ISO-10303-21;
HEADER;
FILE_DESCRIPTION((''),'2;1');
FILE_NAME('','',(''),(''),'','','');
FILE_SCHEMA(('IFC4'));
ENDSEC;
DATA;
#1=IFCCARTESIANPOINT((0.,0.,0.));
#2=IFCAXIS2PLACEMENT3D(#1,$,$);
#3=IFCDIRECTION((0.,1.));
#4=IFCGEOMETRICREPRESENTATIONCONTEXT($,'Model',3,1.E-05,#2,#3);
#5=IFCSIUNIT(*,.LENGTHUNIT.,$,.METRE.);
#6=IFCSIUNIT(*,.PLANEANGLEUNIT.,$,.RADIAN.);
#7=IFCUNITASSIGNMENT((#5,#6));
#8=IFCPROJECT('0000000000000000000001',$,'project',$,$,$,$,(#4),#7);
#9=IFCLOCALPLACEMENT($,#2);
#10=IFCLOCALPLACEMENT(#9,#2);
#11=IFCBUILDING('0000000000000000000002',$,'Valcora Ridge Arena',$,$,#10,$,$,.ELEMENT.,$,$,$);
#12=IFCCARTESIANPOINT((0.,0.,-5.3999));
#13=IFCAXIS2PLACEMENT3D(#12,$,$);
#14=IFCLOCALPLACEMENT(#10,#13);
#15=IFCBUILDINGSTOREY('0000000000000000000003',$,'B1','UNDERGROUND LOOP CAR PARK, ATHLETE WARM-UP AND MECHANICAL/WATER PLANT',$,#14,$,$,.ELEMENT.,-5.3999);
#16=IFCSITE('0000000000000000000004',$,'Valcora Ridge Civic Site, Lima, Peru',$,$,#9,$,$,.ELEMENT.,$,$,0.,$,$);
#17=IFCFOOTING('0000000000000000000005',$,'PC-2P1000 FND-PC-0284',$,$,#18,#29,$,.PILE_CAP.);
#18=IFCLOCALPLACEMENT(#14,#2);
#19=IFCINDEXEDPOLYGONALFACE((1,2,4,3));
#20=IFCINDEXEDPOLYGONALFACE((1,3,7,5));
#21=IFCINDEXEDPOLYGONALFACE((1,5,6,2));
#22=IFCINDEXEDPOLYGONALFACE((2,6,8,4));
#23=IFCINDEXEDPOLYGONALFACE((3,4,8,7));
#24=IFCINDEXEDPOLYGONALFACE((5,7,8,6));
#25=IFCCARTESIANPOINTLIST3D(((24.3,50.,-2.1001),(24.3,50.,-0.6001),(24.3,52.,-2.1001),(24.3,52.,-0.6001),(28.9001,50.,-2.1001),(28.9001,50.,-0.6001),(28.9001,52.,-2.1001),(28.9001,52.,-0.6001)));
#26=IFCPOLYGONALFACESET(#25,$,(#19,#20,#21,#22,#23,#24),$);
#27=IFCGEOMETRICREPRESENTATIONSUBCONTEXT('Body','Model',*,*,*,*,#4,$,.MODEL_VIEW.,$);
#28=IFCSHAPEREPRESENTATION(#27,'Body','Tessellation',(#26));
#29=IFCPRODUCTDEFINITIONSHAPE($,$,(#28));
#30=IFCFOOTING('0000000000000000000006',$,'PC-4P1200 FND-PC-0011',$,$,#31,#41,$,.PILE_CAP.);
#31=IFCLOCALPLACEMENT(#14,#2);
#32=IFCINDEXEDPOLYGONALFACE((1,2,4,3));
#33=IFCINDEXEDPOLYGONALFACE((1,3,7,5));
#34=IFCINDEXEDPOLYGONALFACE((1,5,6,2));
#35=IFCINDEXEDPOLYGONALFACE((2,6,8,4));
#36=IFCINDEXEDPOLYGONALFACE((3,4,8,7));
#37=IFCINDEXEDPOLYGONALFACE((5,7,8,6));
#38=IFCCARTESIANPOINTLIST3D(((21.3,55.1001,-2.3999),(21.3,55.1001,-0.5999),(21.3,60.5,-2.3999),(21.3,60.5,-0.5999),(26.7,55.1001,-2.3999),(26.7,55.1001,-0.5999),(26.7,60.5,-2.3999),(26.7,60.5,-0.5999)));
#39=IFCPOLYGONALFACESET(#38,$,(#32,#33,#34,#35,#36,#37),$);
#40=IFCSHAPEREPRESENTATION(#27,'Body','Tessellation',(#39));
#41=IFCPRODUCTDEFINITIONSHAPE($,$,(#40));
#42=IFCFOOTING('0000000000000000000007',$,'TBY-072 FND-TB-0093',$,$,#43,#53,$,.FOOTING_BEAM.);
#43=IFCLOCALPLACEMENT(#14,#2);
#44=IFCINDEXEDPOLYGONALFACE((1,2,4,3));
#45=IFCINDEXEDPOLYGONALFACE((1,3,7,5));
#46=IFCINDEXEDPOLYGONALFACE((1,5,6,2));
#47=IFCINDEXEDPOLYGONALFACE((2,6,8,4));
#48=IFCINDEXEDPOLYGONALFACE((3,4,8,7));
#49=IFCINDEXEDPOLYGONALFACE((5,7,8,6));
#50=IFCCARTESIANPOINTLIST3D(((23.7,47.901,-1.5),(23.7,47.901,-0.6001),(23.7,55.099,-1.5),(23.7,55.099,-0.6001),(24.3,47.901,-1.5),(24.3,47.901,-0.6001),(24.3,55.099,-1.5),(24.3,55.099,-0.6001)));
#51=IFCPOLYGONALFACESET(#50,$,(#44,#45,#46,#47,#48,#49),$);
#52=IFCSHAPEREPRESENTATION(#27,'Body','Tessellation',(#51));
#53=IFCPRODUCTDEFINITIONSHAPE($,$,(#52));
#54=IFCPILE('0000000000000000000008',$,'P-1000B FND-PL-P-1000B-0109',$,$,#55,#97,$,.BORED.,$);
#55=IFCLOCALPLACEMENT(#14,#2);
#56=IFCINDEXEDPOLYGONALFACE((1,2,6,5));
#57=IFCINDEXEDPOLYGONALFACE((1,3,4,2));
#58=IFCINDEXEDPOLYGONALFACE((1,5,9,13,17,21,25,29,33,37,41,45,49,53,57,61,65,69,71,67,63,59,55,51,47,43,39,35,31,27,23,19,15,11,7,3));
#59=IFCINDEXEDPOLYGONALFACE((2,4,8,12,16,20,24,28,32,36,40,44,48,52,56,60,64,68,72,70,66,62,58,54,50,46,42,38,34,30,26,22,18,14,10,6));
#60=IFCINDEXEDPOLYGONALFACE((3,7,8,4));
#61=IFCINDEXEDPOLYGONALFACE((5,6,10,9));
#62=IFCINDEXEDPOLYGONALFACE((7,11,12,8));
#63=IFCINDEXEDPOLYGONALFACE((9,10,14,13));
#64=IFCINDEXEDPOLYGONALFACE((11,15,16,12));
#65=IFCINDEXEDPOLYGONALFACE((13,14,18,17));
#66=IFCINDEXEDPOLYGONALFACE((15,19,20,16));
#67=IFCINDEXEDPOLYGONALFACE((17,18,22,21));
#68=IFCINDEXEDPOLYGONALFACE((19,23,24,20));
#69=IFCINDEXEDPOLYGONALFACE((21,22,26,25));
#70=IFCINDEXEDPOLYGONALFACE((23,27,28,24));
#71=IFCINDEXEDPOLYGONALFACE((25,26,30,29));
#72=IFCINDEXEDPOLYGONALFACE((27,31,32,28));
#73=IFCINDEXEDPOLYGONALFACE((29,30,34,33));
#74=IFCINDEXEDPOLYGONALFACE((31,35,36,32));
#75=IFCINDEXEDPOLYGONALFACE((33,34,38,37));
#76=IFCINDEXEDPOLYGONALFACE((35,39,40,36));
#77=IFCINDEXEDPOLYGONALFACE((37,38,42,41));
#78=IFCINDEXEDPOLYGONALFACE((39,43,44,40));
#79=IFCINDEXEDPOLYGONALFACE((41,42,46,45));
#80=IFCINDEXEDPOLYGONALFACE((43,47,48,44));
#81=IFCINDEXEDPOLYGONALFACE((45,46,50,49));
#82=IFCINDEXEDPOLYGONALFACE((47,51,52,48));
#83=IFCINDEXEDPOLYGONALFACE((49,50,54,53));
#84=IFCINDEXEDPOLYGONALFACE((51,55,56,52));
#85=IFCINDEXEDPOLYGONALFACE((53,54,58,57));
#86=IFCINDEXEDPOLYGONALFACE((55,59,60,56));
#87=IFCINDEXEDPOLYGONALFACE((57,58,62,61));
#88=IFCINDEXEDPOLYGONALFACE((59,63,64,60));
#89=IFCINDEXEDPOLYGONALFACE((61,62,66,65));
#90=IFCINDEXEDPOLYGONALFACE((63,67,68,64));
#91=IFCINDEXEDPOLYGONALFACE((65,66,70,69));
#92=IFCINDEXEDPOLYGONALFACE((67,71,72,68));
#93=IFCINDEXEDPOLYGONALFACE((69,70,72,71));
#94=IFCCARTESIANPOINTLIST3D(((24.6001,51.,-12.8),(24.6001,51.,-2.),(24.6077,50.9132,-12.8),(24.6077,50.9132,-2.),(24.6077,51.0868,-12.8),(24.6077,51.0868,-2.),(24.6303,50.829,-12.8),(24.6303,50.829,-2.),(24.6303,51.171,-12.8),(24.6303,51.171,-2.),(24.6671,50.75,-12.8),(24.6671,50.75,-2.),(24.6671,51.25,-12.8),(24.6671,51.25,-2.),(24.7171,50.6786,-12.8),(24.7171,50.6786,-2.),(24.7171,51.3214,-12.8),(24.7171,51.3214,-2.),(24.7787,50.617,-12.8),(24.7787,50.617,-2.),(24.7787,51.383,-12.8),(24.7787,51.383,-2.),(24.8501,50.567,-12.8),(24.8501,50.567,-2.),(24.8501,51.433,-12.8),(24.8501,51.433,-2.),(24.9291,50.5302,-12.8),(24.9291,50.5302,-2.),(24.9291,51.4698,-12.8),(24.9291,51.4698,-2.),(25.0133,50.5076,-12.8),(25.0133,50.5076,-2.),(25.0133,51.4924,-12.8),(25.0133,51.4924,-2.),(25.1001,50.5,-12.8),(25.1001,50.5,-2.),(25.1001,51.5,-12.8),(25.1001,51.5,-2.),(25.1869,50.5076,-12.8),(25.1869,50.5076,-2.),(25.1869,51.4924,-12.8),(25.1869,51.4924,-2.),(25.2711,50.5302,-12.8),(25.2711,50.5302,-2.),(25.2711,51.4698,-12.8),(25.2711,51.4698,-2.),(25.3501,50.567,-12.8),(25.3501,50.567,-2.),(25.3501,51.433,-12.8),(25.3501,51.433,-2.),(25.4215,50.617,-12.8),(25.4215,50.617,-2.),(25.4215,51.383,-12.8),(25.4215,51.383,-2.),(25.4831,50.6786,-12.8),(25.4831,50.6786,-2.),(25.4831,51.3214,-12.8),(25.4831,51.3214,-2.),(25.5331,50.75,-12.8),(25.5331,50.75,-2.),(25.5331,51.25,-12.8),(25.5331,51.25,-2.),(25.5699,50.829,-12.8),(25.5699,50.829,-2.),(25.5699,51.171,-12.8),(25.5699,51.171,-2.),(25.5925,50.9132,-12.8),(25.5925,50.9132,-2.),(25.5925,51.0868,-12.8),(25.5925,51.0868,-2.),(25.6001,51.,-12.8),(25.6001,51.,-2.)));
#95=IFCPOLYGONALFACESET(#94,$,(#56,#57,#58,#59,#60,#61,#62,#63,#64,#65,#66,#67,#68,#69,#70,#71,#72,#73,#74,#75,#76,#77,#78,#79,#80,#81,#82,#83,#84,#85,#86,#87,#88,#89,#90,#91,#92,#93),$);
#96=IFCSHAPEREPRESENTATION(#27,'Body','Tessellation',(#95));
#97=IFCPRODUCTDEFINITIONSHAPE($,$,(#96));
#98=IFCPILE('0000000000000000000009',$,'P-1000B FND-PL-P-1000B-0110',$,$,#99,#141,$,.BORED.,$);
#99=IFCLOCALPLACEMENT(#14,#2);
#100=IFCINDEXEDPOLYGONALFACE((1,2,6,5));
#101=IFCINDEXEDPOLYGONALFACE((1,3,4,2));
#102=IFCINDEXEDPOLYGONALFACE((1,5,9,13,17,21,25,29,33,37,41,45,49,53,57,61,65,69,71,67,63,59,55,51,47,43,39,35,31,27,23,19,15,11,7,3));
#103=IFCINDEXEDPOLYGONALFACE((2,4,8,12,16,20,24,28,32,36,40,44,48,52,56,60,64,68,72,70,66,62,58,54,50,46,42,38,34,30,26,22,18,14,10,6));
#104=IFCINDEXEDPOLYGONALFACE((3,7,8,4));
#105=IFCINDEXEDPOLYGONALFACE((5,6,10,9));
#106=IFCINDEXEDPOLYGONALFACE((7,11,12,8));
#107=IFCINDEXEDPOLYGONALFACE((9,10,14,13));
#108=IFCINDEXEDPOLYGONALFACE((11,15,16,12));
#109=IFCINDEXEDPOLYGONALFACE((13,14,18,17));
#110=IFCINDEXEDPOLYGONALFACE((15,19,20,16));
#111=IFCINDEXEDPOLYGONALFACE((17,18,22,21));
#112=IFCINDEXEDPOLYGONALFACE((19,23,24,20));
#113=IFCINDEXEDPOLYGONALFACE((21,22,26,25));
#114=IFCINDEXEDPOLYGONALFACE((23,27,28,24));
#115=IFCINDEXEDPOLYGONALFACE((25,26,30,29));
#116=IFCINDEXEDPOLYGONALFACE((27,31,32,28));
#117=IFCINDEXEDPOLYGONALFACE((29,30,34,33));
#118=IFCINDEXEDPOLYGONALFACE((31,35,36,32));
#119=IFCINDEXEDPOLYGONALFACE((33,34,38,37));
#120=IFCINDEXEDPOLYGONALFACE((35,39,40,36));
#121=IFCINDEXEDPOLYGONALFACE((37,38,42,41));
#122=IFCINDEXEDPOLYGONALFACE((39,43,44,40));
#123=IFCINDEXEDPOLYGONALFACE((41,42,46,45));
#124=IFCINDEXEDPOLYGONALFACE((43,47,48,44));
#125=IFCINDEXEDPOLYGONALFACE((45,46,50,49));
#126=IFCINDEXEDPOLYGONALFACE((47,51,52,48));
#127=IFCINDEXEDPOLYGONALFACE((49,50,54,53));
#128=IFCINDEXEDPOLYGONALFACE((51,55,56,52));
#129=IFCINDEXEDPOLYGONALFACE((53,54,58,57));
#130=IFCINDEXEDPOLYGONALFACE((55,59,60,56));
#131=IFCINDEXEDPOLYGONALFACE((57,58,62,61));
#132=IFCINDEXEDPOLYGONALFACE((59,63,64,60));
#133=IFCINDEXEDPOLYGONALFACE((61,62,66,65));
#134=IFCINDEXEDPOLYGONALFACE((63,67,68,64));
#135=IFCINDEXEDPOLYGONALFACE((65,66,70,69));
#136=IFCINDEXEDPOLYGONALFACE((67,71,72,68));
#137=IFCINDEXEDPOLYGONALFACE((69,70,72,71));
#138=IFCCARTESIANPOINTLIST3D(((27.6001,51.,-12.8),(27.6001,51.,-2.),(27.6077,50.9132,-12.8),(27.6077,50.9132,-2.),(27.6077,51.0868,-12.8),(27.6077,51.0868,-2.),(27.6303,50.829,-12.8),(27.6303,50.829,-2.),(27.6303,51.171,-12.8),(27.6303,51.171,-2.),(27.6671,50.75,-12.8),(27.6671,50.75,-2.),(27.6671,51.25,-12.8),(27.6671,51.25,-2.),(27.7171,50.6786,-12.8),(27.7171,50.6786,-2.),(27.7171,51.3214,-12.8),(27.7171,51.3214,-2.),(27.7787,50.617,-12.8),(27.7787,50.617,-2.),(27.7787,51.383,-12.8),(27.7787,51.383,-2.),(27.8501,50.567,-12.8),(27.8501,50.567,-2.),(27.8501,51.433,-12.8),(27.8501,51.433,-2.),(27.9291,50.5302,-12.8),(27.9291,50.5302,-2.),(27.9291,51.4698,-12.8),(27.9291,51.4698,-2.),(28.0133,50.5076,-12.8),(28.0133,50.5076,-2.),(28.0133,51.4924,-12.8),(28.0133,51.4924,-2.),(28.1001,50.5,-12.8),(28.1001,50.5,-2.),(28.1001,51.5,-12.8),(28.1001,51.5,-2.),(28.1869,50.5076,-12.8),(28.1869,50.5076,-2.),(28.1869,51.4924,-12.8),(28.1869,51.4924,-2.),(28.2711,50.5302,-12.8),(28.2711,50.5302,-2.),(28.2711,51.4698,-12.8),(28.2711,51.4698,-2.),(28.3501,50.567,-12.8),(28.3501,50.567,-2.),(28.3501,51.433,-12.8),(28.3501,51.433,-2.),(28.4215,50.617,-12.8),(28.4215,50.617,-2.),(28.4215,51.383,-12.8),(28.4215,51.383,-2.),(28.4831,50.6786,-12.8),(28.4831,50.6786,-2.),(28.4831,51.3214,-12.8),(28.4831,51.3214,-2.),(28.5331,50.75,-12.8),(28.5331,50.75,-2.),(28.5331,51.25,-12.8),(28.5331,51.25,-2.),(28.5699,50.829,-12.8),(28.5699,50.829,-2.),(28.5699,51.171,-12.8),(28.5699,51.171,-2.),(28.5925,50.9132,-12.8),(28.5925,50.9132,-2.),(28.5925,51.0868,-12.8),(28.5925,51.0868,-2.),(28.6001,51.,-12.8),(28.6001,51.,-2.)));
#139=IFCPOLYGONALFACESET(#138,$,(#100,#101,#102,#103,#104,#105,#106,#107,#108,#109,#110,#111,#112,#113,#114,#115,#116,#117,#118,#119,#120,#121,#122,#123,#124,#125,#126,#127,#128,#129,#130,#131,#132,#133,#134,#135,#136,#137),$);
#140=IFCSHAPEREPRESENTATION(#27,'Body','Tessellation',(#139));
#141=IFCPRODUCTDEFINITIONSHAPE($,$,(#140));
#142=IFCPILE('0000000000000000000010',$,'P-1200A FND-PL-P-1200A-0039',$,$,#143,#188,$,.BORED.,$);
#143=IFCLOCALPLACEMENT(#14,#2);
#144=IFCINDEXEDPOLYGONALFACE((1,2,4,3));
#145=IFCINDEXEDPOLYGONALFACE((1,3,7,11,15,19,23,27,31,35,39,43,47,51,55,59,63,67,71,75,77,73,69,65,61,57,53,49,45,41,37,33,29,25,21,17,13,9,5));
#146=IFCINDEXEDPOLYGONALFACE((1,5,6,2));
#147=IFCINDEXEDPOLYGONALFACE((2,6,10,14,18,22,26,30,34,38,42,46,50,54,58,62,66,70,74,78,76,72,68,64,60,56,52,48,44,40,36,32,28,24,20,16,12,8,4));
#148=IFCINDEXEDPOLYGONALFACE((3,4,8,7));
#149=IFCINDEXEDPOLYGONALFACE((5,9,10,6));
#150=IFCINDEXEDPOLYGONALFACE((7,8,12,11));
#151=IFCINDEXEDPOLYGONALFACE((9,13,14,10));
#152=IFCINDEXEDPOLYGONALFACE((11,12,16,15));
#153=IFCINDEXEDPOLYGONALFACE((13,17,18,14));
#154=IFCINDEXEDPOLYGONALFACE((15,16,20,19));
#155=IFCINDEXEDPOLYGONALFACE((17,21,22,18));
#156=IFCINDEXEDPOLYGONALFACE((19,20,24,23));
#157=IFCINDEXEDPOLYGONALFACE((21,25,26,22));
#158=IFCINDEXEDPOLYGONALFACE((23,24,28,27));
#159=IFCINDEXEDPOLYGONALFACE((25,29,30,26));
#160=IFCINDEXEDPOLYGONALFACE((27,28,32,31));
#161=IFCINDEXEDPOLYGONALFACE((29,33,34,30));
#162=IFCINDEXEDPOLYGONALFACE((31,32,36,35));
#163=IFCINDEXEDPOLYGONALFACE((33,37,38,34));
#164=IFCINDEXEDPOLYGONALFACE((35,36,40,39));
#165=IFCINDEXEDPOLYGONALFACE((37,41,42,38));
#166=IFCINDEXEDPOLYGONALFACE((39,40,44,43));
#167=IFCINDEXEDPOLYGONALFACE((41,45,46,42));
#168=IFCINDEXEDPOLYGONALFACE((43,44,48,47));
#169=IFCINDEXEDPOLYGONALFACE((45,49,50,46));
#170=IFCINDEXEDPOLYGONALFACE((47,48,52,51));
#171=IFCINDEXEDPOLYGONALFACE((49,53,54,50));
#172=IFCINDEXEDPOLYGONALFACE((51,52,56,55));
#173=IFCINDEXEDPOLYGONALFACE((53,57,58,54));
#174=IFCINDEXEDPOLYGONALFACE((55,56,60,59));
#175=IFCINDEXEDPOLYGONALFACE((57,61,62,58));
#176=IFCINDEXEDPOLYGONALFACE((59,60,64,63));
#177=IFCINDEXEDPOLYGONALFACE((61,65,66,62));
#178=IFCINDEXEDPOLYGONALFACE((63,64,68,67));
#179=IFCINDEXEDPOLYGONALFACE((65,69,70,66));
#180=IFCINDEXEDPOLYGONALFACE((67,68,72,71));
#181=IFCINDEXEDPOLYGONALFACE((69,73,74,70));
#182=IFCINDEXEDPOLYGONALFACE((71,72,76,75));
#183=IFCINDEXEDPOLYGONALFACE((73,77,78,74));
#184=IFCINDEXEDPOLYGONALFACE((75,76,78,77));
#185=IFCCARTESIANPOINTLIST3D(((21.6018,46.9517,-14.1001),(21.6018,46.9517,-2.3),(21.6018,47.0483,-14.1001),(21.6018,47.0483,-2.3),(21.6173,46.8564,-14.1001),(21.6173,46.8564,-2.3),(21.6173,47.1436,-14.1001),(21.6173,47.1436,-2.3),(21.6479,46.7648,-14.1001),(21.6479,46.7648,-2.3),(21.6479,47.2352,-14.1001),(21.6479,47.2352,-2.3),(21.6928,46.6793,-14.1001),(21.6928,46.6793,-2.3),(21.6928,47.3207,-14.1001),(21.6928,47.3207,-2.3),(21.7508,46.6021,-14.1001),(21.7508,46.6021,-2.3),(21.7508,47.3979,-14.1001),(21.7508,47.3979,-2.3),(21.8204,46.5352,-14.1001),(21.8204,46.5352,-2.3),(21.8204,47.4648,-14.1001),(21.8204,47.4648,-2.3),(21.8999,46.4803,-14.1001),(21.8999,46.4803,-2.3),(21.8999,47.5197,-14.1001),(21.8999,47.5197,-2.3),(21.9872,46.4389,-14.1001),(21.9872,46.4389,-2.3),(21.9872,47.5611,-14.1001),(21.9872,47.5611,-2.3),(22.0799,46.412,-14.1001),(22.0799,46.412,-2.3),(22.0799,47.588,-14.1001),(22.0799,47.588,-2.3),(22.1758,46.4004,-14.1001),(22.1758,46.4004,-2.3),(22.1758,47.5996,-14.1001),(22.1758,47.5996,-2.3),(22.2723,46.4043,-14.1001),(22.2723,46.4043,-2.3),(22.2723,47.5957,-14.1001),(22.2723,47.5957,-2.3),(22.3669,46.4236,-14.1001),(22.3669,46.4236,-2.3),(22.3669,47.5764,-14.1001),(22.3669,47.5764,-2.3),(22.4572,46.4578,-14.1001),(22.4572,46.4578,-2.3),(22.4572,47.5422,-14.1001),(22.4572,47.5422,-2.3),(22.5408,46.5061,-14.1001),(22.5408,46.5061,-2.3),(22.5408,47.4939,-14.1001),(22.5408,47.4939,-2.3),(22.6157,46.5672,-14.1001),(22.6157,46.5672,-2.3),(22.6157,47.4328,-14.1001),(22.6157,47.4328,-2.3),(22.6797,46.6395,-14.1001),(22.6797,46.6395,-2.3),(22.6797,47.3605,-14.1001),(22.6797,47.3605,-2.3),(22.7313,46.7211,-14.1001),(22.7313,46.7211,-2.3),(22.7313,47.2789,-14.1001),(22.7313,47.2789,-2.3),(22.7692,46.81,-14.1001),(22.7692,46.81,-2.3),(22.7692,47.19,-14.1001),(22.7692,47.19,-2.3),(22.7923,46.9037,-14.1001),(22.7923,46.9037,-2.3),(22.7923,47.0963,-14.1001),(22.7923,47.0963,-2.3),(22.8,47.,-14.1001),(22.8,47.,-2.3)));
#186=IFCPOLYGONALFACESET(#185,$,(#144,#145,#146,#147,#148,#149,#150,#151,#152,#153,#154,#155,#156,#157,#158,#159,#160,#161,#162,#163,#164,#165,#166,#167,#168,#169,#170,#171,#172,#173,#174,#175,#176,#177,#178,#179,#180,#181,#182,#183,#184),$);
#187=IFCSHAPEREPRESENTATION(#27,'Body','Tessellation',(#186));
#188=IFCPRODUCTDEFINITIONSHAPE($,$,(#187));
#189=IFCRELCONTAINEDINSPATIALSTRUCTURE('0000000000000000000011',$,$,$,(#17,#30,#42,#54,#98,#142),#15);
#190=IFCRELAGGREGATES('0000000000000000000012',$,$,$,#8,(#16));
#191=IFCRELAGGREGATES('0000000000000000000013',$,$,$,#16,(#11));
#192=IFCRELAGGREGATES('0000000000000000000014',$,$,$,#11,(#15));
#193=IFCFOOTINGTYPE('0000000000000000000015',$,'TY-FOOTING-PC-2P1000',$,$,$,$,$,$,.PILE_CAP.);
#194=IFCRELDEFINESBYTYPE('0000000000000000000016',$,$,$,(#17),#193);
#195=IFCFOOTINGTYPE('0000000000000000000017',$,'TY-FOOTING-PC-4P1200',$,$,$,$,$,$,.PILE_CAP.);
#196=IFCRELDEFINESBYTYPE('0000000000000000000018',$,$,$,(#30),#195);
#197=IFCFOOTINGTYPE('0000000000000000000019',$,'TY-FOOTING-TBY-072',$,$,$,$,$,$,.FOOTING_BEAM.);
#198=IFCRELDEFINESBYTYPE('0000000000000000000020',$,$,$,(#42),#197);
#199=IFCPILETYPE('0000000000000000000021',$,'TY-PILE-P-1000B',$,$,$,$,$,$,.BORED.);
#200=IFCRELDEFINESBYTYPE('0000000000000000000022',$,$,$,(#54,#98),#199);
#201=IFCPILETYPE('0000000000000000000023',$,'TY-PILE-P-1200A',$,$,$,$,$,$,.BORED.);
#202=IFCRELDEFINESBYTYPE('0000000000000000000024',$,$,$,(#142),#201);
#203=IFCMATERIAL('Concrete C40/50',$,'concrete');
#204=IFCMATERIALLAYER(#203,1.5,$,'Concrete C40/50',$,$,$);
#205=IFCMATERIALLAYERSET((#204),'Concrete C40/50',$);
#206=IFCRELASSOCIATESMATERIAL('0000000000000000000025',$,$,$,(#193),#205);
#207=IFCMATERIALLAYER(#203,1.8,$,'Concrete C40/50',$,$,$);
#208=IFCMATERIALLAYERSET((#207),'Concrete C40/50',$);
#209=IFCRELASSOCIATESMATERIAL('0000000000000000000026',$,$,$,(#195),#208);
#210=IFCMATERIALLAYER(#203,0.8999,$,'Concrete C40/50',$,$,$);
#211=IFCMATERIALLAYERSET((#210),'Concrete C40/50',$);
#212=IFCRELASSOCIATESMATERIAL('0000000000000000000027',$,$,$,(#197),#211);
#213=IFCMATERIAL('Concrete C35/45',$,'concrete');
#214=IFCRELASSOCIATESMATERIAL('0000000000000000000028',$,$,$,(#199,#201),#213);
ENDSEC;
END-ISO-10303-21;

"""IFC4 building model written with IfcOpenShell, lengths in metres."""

from ifc_helpers import new_model, si_unit, direction, frame, origin, origin_2d, place, context, subcontext, project, spatial, rectangle, circle, extrude, material, layer, layer_set, material_profile, profile_set, type_object, element, save


model = new_model("IFC4")

# Units and contexts
model_context = context("Model", 3, precision=1e-05, world=origin(), true_north=direction((0.0, 1.0)))
body_context = subcontext(model_context, "Body", "Model", "MODEL_VIEW")
ifc_project = project(units=[si_unit("LENGTHUNIT", "METRE"), si_unit("PLANEANGLEUNIT", "RADIAN")], contexts=[model_context])

# Site, building, storey
site_placement = place(None, origin())
site = spatial("IfcSite", under=ifc_project, at=site_placement, Name="Valcora Ridge Civic Site, Lima, Peru", CompositionType="ELEMENT", RefElevation=0.0)
building_placement = place(site_placement, origin())
building = spatial("IfcBuilding", under=site, at=building_placement, Name="Valcora Ridge Arena", CompositionType="ELEMENT")
storey_placement = place(building_placement, frame((0.0, 0.0, -5.3999)))
storey = spatial("IfcBuildingStorey", under=building, at=storey_placement, Name="B1", Description="UNDERGROUND LOOP CAR PARK, ATHLETE WARM-UP AND MECHANICAL/WATER PLANT", CompositionType="ELEMENT", Elevation=-5.3999)

# Footings
ifc_material_1 = material(Name="Concrete C40/50", Category="concrete")
ifc_layer_1 = layer(ifc_material_1, 1.5, Name="Concrete C40/50")
ifc_layer_set_1 = layer_set([ifc_layer_1], Name="Concrete C40/50")
footing_type_1 = type_object("IfcFootingType", Name="TY-FOOTING-PC-2P1000", PredefinedType="PILE_CAP", material=ifc_layer_set_1)
footing_1_placement = place(storey_placement, frame((26.6001, 51.0, -2.1001), z_axis=(0.0, 0.0, 1.0), x_axis=(1.0, 0.0, 0.0)))
element("IfcFooting", 1, at=footing_1_placement, inside=storey, type_object=footing_type_1, Name="PC-2P1000 FND-PC-0284", PredefinedType="PILE_CAP", context=body_context, shape_type="SweptSolid", body=[
    extrude(rectangle(XDim=4.6001, YDim=2.0, at=origin_2d()), origin(), (0.0, 0.0, 1.0), 1.5),
])
ifc_layer_2 = layer(ifc_material_1, 1.8, Name="Concrete C40/50")
ifc_layer_set_2 = layer_set([ifc_layer_2], Name="Concrete C40/50")
footing_type_2 = type_object("IfcFootingType", Name="TY-FOOTING-PC-4P1200", PredefinedType="PILE_CAP", material=ifc_layer_set_2)
footing_2_placement = place(storey_placement, frame((24.0, 57.8, -2.3999), z_axis=(0.0, 0.0, 1.0), x_axis=(1.0, 0.0, 0.0)))
element("IfcFooting", 2, at=footing_2_placement, inside=storey, type_object=footing_type_2, Name="PC-4P1200 FND-PC-0011", PredefinedType="PILE_CAP", context=body_context, shape_type="SweptSolid", body=[
    extrude(rectangle(XDim=5.3999, YDim=5.3999, at=origin_2d()), origin(), (0.0, 0.0, 1.0), 1.8),
])
ifc_layer_3 = layer(ifc_material_1, 0.8999, Name="Concrete C40/50")
ifc_layer_set_3 = layer_set([ifc_layer_3], Name="Concrete C40/50")
footing_type_3 = type_object("IfcFootingType", Name="TY-FOOTING-TBY-072", PredefinedType="FOOTING_BEAM", material=ifc_layer_set_3)
footing_3_placement = place(storey_placement, frame((24.0, 51.5, -1.5), z_axis=(0.0, 0.0, 1.0), x_axis=(1.0, 0.0, 0.0)))
element("IfcFooting", 3, at=footing_3_placement, inside=storey, type_object=footing_type_3, Name="TBY-072 FND-TB-0093", PredefinedType="FOOTING_BEAM", context=body_context, shape_type="SweptSolid", body=[
    extrude(rectangle(XDim=0.6001, YDim=7.198, at=origin_2d()), origin(), (0.0, 0.0, 1.0), 0.8999),
])

# Piles
ifc_material_2 = material(Name="Concrete C35/45", Category="concrete")
ifc_material_profile_1 = material_profile(ifc_material_2, circle(Radius=0.5, at=origin_2d()), Name="BORED PILE D1000")
ifc_profile_set_1 = profile_set([ifc_material_profile_1], Name="Concrete C35/45")
pile_type_1 = type_object("IfcPileType", Name="TY-PILE-P-1000B", PredefinedType="BORED", material=ifc_profile_set_1)
for number, where, z_axis, x_axis, name in (
    (4, (25.1001, 51.0, -2.0), (0.0, 0.0, -1.0), (1.0, 0.0, 0.0), "P-1000B FND-PL-P-1000B-0109"),
    (5, (28.1001, 51.0, -2.0), (0.0, 0.0, -1.0), (1.0, 0.0, 0.0), "P-1000B FND-PL-P-1000B-0110"),
):
    element("IfcPile", number, at=place(storey_placement, frame(where, z_axis=z_axis, x_axis=x_axis)), inside=storey, type_object=pile_type_1, Name=name, PredefinedType="BORED", context=body_context, shape_type="SweptSolid", body=[
        extrude(circle(Radius=0.5, at=origin_2d()), origin(), (0.0, 0.0, 1.0), 10.8),
    ])
ifc_material_profile_2 = material_profile(ifc_material_2, circle(Radius=0.6001, at=origin_2d()), Name="BORED PILE D1200")
ifc_profile_set_2 = profile_set([ifc_material_profile_2], Name="Concrete C35/45")
pile_type_2 = type_object("IfcPileType", Name="TY-PILE-P-1200A", PredefinedType="BORED", material=ifc_profile_set_2)
for number, where, z_axis, x_axis, name in (
    (6, (22.2, 47.0, -2.3), (0.0, 0.0, -1.0), (1.0, 0.0, 0.0), "P-1200A FND-PL-P-1200A-0039"),
):
    element("IfcPile", number, at=place(storey_placement, frame(where, z_axis=z_axis, x_axis=x_axis)), inside=storey, type_object=pile_type_2, Name=name, PredefinedType="BORED", context=body_context, shape_type="SweptSolid", body=[
        extrude(circle(Radius=0.6001, at=origin_2d()), origin(), (0.0, 0.0, 1.0), 11.8),
    ])

save(model, "model.ifc")
